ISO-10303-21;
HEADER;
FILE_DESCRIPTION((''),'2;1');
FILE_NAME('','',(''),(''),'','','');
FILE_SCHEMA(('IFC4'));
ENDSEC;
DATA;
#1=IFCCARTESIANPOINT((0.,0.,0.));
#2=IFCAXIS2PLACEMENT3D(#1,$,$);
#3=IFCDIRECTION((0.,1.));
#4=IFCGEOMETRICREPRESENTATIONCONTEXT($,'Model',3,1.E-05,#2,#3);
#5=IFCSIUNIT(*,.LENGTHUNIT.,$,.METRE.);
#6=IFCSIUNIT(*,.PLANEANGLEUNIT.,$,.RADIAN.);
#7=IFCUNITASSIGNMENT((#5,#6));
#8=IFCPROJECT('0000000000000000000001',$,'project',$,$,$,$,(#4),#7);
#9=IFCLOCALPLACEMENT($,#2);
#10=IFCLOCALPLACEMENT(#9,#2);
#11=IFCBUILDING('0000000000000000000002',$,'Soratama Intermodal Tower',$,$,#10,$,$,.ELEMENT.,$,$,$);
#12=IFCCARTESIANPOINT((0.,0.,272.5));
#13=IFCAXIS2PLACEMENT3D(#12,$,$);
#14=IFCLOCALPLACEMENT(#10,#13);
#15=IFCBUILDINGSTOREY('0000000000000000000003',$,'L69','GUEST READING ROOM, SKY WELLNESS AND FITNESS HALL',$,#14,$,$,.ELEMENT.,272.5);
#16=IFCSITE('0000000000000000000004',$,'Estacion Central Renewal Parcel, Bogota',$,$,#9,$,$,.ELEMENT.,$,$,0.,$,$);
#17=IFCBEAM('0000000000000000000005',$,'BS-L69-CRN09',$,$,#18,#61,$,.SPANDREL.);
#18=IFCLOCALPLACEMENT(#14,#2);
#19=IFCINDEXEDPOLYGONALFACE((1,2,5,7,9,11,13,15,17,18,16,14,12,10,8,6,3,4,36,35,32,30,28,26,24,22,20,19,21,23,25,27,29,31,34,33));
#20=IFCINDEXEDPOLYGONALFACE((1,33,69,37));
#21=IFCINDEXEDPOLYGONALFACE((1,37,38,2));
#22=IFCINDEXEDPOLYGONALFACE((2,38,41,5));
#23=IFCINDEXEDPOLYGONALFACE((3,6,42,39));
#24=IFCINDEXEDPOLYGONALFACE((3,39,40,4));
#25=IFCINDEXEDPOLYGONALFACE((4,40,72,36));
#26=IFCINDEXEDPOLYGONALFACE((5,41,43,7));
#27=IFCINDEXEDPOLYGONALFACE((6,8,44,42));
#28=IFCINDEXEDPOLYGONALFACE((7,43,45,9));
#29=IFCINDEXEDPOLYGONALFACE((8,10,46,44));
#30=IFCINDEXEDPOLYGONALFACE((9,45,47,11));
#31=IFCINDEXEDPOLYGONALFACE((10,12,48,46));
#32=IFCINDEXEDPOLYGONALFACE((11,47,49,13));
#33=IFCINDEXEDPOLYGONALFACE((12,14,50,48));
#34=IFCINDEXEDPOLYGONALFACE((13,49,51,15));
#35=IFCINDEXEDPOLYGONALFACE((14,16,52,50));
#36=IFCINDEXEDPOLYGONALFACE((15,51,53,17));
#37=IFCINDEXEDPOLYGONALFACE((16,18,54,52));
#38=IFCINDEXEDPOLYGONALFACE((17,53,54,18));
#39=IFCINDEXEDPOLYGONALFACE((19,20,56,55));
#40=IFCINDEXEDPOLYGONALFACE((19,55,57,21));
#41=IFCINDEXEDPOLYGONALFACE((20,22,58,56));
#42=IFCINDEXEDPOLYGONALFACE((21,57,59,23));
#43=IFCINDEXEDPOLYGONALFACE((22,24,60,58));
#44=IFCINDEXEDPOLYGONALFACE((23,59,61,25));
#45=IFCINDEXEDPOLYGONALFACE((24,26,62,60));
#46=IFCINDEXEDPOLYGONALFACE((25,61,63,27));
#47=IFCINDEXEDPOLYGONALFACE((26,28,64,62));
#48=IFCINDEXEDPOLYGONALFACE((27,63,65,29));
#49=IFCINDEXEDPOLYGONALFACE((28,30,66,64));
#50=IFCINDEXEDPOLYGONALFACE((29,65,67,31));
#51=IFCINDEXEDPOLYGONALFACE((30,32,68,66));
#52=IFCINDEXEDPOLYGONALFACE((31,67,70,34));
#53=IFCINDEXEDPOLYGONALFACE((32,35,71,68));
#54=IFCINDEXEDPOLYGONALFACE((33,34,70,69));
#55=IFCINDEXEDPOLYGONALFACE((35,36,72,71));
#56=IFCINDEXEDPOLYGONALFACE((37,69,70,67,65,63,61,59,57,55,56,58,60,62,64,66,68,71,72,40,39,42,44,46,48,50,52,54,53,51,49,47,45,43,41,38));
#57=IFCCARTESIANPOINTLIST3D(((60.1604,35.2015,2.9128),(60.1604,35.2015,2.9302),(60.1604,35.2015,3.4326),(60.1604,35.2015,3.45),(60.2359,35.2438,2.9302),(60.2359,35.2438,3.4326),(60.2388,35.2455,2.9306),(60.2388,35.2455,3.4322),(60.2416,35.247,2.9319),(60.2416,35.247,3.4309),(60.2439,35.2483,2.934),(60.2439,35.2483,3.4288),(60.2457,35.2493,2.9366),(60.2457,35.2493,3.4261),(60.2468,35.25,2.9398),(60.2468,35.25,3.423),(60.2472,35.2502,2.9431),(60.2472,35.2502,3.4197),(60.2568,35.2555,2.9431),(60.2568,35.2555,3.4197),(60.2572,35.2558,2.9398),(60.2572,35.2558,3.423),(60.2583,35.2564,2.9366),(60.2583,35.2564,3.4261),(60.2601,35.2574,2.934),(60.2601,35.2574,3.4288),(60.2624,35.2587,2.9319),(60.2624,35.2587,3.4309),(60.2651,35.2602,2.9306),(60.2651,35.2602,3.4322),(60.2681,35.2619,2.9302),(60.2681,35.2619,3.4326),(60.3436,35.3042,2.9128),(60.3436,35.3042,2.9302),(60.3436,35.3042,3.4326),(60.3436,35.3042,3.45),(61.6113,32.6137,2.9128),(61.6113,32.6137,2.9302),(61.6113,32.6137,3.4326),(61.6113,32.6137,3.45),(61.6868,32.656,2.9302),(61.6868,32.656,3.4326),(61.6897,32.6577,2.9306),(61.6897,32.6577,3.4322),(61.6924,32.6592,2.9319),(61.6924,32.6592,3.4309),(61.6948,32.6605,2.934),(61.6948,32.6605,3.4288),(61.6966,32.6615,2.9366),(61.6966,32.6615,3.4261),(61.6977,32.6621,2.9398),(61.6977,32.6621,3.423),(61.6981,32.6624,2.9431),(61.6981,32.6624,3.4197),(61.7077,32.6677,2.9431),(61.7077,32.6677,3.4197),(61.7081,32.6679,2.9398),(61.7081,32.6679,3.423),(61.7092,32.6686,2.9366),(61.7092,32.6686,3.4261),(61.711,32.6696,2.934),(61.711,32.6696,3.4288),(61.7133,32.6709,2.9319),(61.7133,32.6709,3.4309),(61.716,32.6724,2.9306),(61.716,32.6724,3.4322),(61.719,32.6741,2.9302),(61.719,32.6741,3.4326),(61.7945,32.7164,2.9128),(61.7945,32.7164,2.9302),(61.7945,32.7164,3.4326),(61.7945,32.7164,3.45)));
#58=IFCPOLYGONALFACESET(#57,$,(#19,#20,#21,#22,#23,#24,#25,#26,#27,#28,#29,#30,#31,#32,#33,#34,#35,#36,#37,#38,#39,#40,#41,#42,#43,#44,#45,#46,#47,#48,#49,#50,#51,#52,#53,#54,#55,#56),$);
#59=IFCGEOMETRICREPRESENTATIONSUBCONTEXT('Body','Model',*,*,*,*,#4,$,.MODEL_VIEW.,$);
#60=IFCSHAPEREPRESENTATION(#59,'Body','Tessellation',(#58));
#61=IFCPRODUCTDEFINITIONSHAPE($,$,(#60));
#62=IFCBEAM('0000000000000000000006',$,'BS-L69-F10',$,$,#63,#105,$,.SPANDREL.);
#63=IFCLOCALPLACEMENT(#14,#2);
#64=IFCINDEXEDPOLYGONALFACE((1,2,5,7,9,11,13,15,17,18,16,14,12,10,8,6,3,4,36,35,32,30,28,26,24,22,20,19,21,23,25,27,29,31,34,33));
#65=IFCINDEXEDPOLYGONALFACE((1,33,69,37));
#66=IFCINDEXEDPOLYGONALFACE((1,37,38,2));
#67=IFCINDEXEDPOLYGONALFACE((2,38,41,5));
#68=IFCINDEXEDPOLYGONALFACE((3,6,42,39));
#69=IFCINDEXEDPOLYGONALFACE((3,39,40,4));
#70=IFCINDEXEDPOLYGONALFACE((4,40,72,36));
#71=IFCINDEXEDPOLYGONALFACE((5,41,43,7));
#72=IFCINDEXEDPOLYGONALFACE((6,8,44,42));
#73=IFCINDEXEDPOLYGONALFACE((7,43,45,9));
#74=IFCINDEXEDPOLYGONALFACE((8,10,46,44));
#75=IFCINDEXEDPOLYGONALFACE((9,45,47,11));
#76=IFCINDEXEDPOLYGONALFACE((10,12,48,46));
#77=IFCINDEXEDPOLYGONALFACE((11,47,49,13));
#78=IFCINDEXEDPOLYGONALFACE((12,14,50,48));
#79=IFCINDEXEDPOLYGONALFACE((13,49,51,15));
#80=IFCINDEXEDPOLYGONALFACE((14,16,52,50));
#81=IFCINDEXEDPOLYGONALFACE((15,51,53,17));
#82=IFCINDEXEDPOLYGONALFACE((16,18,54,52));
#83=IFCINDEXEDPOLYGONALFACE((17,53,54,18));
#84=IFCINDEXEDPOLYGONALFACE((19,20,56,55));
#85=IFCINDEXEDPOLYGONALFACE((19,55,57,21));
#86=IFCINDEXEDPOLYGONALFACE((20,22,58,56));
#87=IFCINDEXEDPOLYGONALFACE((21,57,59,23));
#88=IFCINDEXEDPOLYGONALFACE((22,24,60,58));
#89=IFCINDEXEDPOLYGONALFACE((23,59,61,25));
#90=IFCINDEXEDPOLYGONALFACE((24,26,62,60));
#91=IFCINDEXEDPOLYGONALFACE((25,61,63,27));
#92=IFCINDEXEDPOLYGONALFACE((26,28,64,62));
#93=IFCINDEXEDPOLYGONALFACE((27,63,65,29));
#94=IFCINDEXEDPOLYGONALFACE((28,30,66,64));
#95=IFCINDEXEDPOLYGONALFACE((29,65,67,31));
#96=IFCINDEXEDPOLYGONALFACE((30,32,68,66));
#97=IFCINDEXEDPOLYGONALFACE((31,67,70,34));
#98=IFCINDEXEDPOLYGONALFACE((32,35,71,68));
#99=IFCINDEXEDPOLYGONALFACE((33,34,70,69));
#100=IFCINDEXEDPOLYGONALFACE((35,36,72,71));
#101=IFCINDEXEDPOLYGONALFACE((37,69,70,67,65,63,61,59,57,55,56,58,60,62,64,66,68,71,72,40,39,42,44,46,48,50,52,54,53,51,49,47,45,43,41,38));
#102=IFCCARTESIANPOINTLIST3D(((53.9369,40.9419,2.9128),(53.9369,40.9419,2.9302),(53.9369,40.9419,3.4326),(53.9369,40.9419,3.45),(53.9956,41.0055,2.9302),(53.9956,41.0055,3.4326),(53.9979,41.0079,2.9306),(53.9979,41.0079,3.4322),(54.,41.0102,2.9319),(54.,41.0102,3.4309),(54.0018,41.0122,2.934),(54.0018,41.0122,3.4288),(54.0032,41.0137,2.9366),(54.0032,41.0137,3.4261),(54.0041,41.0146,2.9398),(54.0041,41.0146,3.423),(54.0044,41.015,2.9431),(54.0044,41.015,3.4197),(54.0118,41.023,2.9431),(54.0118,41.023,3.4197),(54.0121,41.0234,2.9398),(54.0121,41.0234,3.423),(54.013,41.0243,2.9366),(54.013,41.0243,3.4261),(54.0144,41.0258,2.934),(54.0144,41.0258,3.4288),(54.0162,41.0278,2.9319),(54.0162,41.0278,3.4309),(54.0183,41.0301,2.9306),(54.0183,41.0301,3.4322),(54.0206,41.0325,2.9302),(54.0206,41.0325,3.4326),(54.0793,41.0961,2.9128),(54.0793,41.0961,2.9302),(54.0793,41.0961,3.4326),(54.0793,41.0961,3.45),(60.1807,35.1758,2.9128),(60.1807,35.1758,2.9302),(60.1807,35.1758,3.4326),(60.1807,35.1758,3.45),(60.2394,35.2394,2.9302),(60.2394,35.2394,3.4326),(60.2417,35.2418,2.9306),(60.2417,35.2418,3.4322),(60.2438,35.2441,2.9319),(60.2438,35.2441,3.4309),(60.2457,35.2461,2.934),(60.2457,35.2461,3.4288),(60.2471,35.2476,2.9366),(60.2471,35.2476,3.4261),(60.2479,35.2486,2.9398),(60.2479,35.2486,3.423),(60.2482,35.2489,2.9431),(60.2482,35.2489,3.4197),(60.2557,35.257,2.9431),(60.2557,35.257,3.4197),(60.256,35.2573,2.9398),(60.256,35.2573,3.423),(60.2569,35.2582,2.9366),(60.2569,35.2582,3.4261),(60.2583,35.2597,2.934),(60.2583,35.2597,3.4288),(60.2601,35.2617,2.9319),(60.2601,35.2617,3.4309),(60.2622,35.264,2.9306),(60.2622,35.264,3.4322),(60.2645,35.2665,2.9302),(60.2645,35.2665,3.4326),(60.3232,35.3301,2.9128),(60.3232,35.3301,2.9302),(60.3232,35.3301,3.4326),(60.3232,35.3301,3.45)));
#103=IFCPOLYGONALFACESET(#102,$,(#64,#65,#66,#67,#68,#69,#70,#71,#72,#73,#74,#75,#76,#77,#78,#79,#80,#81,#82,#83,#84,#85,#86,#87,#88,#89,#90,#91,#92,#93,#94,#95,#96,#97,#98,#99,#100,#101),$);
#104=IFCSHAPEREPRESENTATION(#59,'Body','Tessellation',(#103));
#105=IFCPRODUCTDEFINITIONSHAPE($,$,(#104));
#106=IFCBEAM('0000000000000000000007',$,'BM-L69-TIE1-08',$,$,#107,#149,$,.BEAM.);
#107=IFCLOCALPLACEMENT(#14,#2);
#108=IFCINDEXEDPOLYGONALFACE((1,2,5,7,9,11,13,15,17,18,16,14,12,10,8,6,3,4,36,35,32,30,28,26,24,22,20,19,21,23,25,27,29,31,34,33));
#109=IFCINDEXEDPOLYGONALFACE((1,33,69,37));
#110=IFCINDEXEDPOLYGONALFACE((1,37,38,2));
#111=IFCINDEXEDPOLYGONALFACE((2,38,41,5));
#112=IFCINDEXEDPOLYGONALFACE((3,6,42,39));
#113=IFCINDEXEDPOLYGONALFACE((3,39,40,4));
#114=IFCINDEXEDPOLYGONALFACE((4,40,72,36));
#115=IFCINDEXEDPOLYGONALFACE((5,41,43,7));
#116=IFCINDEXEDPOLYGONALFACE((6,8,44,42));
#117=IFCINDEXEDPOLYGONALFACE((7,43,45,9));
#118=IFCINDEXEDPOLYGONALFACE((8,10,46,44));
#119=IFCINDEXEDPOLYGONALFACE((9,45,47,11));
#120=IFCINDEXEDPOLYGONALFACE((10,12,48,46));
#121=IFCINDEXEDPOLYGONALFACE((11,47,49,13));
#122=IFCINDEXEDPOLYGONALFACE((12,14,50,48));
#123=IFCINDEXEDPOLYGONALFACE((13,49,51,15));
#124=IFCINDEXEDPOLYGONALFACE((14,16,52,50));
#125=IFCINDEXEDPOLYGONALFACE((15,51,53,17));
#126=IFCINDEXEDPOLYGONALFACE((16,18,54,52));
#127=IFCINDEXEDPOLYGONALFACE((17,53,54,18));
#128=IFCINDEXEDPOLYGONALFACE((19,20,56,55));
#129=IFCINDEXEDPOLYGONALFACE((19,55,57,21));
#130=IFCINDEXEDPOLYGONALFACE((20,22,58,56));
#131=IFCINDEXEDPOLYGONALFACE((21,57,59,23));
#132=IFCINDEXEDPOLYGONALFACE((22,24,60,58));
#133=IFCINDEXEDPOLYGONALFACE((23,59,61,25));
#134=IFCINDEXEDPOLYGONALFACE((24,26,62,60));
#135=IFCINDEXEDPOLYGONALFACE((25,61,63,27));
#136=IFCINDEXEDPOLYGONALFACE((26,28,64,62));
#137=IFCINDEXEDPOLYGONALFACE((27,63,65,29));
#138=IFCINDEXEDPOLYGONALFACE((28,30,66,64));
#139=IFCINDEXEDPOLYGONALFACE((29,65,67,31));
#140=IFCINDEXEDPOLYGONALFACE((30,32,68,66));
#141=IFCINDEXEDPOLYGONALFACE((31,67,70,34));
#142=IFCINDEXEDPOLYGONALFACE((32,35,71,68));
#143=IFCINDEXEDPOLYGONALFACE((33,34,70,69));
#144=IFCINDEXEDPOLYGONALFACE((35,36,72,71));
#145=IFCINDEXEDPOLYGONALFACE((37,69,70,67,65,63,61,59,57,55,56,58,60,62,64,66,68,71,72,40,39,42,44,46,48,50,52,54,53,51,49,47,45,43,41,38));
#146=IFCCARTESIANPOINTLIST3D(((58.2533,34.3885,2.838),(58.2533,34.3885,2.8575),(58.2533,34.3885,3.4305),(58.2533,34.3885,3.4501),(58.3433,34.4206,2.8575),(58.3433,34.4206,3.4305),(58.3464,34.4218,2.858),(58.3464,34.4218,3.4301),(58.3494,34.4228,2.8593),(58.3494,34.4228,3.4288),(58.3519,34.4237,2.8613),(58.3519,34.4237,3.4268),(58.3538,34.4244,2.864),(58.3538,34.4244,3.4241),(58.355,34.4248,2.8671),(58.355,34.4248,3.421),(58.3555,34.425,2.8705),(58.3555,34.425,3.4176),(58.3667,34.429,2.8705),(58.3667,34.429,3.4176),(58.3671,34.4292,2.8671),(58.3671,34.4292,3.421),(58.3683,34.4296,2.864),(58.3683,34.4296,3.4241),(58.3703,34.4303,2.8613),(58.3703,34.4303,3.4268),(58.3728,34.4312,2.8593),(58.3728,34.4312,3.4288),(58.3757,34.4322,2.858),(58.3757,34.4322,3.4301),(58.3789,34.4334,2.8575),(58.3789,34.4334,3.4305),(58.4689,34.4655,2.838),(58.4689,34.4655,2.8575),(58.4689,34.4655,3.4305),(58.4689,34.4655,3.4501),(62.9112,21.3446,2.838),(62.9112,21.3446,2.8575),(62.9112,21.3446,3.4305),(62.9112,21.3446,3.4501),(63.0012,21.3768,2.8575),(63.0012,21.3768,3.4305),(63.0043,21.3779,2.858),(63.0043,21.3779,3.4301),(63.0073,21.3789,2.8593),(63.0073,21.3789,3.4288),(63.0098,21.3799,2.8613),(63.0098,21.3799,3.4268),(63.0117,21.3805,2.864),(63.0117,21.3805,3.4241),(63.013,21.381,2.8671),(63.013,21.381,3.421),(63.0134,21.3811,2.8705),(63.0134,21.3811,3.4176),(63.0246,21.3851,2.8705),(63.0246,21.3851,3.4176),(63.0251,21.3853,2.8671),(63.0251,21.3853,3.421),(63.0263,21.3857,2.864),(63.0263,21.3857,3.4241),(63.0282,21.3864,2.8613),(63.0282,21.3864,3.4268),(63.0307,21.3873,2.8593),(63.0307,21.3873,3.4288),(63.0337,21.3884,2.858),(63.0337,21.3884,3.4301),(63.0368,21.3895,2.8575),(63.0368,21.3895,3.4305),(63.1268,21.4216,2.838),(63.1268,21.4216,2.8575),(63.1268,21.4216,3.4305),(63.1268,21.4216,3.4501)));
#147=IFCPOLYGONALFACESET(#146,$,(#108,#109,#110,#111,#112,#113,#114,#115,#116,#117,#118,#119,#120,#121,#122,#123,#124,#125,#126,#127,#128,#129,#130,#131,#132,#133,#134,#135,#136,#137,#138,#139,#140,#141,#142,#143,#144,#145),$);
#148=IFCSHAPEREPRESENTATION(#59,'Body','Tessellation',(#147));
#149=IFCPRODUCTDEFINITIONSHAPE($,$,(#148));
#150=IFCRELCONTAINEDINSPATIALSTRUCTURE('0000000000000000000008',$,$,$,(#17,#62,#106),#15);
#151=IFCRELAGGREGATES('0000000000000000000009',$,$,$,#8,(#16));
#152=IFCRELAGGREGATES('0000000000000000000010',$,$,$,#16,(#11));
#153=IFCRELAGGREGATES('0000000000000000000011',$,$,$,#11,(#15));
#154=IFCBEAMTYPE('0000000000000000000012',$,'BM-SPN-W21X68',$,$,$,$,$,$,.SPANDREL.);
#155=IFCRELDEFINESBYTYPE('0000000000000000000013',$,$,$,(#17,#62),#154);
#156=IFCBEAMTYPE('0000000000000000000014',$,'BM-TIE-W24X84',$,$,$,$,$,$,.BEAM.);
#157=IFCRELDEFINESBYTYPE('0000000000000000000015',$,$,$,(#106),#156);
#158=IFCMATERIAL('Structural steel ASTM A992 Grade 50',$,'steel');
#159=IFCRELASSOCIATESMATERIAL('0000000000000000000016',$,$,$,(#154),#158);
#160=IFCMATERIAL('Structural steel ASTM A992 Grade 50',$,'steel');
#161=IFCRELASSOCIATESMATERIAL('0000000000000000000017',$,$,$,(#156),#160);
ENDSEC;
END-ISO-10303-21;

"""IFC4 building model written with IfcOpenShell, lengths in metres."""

from ifc_helpers import new_model, si_unit, direction, frame, origin, origin_2d, place, context, subcontext, project, spatial, i_section, extrude, material, material_profile, profile_set, type_object, element, save


model = new_model("IFC4")

# Units and contexts
model_context = context("Model", 3, precision=1e-05, world=origin(), true_north=direction((0.0, 1.0)))
body_context = subcontext(model_context, "Body", "Model", "MODEL_VIEW")
ifc_project = project(units=[si_unit("LENGTHUNIT", "METRE"), si_unit("PLANEANGLEUNIT", "RADIAN")], contexts=[model_context])

# Site, building, storey
site_placement = place(None, origin())
site = spatial("IfcSite", under=ifc_project, at=site_placement, Name="Estacion Central Renewal Parcel, Bogota", CompositionType="ELEMENT", RefElevation=0.0)
building_placement = place(site_placement, origin())
building = spatial("IfcBuilding", under=site, at=building_placement, Name="Soratama Intermodal Tower", CompositionType="ELEMENT")
storey_placement = place(building_placement, frame((0.0, 0.0, 272.5)))
storey = spatial("IfcBuildingStorey", under=building, at=storey_placement, Name="L69", Description="GUEST READING ROOM, SKY WELLNESS AND FITNESS HALL", CompositionType="ELEMENT", Elevation=272.5)

# Beams
ifc_material_1 = material(Name="Structural steel ASTM A992 Grade 50", Category="steel")
ifc_material_profile_1 = material_profile(ifc_material_1, i_section(OverallWidth=0.21, OverallDepth=0.5371, WebThickness=0.011, FlangeThickness=0.0173, FilletRadius=0.0129, at=origin_2d()), Name="W21X68")
ifc_profile_set_1 = profile_set([ifc_material_profile_1], Name="Structural steel ASTM A992 Grade 50")
beam_type_1 = type_object("IfcBeamType", Name="BM-SPN-W21X68", PredefinedType="SPANDREL", material=ifc_profile_set_1)
beam_1_placement = place(storey_placement, frame((61.7029, 32.665, 3.1814), z_axis=(-0.489042, 0.87226, 0.0), x_axis=(-0.87226, -0.489042, 0.0)))
element("IfcBeam", 1, at=beam_1_placement, inside=storey, type_object=beam_type_1, Name="BS-L69-CRN09", PredefinedType="SPANDREL", context=body_context, shape_type="SweptSolid", body=[
    extrude(i_section(OverallWidth=0.21, OverallDepth=0.5371, WebThickness=0.011, FlangeThickness=0.0173, FilletRadius=0.0129, at=origin_2d()), origin(), (0.0, 0.0, 1.0), 2.9668),
])
beam_2_placement = place(storey_placement, frame((60.252, 35.2529, 3.1814), z_axis=(-0.734656, 0.67844, 0.0), x_axis=(-0.67844, -0.734656, 0.0)))
element("IfcBeam", 2, at=beam_2_placement, inside=storey, type_object=beam_type_1, Name="BS-L69-F10", PredefinedType="SPANDREL", context=body_context, shape_type="SweptSolid", body=[
    extrude(i_section(OverallWidth=0.21, OverallDepth=0.5371, WebThickness=0.011, FlangeThickness=0.0173, FilletRadius=0.0129, at=origin_2d()), origin(), (0.0, 0.0, 1.0), 8.499),
])
ifc_material_2 = material(Name="Structural steel ASTM A992 Grade 50", Category="steel")
ifc_material_profile_2 = material_profile(ifc_material_2, i_section(OverallWidth=0.229, OverallDepth=0.6121, WebThickness=0.012, FlangeThickness=0.0195, FilletRadius=0.0129, at=origin_2d()), Name="W24X84")
ifc_profile_set_2 = profile_set([ifc_material_profile_2], Name="Structural steel ASTM A992 Grade 50")
beam_type_2 = type_object("IfcBeamType", Name="BM-TIE-W24X84", PredefinedType="BEAM", material=ifc_profile_set_2)
beam_3_placement = place(storey_placement, frame((58.3611, 34.427, 3.144), z_axis=(0.336298, -0.941755, 0.0), x_axis=(0.941755, 0.336298, 0.0)))
element("IfcBeam", 3, at=beam_3_placement, inside=storey, type_object=beam_type_2, Name="BM-L69-TIE1-08", PredefinedType="BEAM", context=body_context, shape_type="SweptSolid", body=[
    extrude(i_section(OverallWidth=0.229, OverallDepth=0.6121, WebThickness=0.012, FlangeThickness=0.0195, FilletRadius=0.0129, at=origin_2d()), origin(), (0.0, 0.0, 1.0), 13.8506),
])

save(model, "model.ifc")
